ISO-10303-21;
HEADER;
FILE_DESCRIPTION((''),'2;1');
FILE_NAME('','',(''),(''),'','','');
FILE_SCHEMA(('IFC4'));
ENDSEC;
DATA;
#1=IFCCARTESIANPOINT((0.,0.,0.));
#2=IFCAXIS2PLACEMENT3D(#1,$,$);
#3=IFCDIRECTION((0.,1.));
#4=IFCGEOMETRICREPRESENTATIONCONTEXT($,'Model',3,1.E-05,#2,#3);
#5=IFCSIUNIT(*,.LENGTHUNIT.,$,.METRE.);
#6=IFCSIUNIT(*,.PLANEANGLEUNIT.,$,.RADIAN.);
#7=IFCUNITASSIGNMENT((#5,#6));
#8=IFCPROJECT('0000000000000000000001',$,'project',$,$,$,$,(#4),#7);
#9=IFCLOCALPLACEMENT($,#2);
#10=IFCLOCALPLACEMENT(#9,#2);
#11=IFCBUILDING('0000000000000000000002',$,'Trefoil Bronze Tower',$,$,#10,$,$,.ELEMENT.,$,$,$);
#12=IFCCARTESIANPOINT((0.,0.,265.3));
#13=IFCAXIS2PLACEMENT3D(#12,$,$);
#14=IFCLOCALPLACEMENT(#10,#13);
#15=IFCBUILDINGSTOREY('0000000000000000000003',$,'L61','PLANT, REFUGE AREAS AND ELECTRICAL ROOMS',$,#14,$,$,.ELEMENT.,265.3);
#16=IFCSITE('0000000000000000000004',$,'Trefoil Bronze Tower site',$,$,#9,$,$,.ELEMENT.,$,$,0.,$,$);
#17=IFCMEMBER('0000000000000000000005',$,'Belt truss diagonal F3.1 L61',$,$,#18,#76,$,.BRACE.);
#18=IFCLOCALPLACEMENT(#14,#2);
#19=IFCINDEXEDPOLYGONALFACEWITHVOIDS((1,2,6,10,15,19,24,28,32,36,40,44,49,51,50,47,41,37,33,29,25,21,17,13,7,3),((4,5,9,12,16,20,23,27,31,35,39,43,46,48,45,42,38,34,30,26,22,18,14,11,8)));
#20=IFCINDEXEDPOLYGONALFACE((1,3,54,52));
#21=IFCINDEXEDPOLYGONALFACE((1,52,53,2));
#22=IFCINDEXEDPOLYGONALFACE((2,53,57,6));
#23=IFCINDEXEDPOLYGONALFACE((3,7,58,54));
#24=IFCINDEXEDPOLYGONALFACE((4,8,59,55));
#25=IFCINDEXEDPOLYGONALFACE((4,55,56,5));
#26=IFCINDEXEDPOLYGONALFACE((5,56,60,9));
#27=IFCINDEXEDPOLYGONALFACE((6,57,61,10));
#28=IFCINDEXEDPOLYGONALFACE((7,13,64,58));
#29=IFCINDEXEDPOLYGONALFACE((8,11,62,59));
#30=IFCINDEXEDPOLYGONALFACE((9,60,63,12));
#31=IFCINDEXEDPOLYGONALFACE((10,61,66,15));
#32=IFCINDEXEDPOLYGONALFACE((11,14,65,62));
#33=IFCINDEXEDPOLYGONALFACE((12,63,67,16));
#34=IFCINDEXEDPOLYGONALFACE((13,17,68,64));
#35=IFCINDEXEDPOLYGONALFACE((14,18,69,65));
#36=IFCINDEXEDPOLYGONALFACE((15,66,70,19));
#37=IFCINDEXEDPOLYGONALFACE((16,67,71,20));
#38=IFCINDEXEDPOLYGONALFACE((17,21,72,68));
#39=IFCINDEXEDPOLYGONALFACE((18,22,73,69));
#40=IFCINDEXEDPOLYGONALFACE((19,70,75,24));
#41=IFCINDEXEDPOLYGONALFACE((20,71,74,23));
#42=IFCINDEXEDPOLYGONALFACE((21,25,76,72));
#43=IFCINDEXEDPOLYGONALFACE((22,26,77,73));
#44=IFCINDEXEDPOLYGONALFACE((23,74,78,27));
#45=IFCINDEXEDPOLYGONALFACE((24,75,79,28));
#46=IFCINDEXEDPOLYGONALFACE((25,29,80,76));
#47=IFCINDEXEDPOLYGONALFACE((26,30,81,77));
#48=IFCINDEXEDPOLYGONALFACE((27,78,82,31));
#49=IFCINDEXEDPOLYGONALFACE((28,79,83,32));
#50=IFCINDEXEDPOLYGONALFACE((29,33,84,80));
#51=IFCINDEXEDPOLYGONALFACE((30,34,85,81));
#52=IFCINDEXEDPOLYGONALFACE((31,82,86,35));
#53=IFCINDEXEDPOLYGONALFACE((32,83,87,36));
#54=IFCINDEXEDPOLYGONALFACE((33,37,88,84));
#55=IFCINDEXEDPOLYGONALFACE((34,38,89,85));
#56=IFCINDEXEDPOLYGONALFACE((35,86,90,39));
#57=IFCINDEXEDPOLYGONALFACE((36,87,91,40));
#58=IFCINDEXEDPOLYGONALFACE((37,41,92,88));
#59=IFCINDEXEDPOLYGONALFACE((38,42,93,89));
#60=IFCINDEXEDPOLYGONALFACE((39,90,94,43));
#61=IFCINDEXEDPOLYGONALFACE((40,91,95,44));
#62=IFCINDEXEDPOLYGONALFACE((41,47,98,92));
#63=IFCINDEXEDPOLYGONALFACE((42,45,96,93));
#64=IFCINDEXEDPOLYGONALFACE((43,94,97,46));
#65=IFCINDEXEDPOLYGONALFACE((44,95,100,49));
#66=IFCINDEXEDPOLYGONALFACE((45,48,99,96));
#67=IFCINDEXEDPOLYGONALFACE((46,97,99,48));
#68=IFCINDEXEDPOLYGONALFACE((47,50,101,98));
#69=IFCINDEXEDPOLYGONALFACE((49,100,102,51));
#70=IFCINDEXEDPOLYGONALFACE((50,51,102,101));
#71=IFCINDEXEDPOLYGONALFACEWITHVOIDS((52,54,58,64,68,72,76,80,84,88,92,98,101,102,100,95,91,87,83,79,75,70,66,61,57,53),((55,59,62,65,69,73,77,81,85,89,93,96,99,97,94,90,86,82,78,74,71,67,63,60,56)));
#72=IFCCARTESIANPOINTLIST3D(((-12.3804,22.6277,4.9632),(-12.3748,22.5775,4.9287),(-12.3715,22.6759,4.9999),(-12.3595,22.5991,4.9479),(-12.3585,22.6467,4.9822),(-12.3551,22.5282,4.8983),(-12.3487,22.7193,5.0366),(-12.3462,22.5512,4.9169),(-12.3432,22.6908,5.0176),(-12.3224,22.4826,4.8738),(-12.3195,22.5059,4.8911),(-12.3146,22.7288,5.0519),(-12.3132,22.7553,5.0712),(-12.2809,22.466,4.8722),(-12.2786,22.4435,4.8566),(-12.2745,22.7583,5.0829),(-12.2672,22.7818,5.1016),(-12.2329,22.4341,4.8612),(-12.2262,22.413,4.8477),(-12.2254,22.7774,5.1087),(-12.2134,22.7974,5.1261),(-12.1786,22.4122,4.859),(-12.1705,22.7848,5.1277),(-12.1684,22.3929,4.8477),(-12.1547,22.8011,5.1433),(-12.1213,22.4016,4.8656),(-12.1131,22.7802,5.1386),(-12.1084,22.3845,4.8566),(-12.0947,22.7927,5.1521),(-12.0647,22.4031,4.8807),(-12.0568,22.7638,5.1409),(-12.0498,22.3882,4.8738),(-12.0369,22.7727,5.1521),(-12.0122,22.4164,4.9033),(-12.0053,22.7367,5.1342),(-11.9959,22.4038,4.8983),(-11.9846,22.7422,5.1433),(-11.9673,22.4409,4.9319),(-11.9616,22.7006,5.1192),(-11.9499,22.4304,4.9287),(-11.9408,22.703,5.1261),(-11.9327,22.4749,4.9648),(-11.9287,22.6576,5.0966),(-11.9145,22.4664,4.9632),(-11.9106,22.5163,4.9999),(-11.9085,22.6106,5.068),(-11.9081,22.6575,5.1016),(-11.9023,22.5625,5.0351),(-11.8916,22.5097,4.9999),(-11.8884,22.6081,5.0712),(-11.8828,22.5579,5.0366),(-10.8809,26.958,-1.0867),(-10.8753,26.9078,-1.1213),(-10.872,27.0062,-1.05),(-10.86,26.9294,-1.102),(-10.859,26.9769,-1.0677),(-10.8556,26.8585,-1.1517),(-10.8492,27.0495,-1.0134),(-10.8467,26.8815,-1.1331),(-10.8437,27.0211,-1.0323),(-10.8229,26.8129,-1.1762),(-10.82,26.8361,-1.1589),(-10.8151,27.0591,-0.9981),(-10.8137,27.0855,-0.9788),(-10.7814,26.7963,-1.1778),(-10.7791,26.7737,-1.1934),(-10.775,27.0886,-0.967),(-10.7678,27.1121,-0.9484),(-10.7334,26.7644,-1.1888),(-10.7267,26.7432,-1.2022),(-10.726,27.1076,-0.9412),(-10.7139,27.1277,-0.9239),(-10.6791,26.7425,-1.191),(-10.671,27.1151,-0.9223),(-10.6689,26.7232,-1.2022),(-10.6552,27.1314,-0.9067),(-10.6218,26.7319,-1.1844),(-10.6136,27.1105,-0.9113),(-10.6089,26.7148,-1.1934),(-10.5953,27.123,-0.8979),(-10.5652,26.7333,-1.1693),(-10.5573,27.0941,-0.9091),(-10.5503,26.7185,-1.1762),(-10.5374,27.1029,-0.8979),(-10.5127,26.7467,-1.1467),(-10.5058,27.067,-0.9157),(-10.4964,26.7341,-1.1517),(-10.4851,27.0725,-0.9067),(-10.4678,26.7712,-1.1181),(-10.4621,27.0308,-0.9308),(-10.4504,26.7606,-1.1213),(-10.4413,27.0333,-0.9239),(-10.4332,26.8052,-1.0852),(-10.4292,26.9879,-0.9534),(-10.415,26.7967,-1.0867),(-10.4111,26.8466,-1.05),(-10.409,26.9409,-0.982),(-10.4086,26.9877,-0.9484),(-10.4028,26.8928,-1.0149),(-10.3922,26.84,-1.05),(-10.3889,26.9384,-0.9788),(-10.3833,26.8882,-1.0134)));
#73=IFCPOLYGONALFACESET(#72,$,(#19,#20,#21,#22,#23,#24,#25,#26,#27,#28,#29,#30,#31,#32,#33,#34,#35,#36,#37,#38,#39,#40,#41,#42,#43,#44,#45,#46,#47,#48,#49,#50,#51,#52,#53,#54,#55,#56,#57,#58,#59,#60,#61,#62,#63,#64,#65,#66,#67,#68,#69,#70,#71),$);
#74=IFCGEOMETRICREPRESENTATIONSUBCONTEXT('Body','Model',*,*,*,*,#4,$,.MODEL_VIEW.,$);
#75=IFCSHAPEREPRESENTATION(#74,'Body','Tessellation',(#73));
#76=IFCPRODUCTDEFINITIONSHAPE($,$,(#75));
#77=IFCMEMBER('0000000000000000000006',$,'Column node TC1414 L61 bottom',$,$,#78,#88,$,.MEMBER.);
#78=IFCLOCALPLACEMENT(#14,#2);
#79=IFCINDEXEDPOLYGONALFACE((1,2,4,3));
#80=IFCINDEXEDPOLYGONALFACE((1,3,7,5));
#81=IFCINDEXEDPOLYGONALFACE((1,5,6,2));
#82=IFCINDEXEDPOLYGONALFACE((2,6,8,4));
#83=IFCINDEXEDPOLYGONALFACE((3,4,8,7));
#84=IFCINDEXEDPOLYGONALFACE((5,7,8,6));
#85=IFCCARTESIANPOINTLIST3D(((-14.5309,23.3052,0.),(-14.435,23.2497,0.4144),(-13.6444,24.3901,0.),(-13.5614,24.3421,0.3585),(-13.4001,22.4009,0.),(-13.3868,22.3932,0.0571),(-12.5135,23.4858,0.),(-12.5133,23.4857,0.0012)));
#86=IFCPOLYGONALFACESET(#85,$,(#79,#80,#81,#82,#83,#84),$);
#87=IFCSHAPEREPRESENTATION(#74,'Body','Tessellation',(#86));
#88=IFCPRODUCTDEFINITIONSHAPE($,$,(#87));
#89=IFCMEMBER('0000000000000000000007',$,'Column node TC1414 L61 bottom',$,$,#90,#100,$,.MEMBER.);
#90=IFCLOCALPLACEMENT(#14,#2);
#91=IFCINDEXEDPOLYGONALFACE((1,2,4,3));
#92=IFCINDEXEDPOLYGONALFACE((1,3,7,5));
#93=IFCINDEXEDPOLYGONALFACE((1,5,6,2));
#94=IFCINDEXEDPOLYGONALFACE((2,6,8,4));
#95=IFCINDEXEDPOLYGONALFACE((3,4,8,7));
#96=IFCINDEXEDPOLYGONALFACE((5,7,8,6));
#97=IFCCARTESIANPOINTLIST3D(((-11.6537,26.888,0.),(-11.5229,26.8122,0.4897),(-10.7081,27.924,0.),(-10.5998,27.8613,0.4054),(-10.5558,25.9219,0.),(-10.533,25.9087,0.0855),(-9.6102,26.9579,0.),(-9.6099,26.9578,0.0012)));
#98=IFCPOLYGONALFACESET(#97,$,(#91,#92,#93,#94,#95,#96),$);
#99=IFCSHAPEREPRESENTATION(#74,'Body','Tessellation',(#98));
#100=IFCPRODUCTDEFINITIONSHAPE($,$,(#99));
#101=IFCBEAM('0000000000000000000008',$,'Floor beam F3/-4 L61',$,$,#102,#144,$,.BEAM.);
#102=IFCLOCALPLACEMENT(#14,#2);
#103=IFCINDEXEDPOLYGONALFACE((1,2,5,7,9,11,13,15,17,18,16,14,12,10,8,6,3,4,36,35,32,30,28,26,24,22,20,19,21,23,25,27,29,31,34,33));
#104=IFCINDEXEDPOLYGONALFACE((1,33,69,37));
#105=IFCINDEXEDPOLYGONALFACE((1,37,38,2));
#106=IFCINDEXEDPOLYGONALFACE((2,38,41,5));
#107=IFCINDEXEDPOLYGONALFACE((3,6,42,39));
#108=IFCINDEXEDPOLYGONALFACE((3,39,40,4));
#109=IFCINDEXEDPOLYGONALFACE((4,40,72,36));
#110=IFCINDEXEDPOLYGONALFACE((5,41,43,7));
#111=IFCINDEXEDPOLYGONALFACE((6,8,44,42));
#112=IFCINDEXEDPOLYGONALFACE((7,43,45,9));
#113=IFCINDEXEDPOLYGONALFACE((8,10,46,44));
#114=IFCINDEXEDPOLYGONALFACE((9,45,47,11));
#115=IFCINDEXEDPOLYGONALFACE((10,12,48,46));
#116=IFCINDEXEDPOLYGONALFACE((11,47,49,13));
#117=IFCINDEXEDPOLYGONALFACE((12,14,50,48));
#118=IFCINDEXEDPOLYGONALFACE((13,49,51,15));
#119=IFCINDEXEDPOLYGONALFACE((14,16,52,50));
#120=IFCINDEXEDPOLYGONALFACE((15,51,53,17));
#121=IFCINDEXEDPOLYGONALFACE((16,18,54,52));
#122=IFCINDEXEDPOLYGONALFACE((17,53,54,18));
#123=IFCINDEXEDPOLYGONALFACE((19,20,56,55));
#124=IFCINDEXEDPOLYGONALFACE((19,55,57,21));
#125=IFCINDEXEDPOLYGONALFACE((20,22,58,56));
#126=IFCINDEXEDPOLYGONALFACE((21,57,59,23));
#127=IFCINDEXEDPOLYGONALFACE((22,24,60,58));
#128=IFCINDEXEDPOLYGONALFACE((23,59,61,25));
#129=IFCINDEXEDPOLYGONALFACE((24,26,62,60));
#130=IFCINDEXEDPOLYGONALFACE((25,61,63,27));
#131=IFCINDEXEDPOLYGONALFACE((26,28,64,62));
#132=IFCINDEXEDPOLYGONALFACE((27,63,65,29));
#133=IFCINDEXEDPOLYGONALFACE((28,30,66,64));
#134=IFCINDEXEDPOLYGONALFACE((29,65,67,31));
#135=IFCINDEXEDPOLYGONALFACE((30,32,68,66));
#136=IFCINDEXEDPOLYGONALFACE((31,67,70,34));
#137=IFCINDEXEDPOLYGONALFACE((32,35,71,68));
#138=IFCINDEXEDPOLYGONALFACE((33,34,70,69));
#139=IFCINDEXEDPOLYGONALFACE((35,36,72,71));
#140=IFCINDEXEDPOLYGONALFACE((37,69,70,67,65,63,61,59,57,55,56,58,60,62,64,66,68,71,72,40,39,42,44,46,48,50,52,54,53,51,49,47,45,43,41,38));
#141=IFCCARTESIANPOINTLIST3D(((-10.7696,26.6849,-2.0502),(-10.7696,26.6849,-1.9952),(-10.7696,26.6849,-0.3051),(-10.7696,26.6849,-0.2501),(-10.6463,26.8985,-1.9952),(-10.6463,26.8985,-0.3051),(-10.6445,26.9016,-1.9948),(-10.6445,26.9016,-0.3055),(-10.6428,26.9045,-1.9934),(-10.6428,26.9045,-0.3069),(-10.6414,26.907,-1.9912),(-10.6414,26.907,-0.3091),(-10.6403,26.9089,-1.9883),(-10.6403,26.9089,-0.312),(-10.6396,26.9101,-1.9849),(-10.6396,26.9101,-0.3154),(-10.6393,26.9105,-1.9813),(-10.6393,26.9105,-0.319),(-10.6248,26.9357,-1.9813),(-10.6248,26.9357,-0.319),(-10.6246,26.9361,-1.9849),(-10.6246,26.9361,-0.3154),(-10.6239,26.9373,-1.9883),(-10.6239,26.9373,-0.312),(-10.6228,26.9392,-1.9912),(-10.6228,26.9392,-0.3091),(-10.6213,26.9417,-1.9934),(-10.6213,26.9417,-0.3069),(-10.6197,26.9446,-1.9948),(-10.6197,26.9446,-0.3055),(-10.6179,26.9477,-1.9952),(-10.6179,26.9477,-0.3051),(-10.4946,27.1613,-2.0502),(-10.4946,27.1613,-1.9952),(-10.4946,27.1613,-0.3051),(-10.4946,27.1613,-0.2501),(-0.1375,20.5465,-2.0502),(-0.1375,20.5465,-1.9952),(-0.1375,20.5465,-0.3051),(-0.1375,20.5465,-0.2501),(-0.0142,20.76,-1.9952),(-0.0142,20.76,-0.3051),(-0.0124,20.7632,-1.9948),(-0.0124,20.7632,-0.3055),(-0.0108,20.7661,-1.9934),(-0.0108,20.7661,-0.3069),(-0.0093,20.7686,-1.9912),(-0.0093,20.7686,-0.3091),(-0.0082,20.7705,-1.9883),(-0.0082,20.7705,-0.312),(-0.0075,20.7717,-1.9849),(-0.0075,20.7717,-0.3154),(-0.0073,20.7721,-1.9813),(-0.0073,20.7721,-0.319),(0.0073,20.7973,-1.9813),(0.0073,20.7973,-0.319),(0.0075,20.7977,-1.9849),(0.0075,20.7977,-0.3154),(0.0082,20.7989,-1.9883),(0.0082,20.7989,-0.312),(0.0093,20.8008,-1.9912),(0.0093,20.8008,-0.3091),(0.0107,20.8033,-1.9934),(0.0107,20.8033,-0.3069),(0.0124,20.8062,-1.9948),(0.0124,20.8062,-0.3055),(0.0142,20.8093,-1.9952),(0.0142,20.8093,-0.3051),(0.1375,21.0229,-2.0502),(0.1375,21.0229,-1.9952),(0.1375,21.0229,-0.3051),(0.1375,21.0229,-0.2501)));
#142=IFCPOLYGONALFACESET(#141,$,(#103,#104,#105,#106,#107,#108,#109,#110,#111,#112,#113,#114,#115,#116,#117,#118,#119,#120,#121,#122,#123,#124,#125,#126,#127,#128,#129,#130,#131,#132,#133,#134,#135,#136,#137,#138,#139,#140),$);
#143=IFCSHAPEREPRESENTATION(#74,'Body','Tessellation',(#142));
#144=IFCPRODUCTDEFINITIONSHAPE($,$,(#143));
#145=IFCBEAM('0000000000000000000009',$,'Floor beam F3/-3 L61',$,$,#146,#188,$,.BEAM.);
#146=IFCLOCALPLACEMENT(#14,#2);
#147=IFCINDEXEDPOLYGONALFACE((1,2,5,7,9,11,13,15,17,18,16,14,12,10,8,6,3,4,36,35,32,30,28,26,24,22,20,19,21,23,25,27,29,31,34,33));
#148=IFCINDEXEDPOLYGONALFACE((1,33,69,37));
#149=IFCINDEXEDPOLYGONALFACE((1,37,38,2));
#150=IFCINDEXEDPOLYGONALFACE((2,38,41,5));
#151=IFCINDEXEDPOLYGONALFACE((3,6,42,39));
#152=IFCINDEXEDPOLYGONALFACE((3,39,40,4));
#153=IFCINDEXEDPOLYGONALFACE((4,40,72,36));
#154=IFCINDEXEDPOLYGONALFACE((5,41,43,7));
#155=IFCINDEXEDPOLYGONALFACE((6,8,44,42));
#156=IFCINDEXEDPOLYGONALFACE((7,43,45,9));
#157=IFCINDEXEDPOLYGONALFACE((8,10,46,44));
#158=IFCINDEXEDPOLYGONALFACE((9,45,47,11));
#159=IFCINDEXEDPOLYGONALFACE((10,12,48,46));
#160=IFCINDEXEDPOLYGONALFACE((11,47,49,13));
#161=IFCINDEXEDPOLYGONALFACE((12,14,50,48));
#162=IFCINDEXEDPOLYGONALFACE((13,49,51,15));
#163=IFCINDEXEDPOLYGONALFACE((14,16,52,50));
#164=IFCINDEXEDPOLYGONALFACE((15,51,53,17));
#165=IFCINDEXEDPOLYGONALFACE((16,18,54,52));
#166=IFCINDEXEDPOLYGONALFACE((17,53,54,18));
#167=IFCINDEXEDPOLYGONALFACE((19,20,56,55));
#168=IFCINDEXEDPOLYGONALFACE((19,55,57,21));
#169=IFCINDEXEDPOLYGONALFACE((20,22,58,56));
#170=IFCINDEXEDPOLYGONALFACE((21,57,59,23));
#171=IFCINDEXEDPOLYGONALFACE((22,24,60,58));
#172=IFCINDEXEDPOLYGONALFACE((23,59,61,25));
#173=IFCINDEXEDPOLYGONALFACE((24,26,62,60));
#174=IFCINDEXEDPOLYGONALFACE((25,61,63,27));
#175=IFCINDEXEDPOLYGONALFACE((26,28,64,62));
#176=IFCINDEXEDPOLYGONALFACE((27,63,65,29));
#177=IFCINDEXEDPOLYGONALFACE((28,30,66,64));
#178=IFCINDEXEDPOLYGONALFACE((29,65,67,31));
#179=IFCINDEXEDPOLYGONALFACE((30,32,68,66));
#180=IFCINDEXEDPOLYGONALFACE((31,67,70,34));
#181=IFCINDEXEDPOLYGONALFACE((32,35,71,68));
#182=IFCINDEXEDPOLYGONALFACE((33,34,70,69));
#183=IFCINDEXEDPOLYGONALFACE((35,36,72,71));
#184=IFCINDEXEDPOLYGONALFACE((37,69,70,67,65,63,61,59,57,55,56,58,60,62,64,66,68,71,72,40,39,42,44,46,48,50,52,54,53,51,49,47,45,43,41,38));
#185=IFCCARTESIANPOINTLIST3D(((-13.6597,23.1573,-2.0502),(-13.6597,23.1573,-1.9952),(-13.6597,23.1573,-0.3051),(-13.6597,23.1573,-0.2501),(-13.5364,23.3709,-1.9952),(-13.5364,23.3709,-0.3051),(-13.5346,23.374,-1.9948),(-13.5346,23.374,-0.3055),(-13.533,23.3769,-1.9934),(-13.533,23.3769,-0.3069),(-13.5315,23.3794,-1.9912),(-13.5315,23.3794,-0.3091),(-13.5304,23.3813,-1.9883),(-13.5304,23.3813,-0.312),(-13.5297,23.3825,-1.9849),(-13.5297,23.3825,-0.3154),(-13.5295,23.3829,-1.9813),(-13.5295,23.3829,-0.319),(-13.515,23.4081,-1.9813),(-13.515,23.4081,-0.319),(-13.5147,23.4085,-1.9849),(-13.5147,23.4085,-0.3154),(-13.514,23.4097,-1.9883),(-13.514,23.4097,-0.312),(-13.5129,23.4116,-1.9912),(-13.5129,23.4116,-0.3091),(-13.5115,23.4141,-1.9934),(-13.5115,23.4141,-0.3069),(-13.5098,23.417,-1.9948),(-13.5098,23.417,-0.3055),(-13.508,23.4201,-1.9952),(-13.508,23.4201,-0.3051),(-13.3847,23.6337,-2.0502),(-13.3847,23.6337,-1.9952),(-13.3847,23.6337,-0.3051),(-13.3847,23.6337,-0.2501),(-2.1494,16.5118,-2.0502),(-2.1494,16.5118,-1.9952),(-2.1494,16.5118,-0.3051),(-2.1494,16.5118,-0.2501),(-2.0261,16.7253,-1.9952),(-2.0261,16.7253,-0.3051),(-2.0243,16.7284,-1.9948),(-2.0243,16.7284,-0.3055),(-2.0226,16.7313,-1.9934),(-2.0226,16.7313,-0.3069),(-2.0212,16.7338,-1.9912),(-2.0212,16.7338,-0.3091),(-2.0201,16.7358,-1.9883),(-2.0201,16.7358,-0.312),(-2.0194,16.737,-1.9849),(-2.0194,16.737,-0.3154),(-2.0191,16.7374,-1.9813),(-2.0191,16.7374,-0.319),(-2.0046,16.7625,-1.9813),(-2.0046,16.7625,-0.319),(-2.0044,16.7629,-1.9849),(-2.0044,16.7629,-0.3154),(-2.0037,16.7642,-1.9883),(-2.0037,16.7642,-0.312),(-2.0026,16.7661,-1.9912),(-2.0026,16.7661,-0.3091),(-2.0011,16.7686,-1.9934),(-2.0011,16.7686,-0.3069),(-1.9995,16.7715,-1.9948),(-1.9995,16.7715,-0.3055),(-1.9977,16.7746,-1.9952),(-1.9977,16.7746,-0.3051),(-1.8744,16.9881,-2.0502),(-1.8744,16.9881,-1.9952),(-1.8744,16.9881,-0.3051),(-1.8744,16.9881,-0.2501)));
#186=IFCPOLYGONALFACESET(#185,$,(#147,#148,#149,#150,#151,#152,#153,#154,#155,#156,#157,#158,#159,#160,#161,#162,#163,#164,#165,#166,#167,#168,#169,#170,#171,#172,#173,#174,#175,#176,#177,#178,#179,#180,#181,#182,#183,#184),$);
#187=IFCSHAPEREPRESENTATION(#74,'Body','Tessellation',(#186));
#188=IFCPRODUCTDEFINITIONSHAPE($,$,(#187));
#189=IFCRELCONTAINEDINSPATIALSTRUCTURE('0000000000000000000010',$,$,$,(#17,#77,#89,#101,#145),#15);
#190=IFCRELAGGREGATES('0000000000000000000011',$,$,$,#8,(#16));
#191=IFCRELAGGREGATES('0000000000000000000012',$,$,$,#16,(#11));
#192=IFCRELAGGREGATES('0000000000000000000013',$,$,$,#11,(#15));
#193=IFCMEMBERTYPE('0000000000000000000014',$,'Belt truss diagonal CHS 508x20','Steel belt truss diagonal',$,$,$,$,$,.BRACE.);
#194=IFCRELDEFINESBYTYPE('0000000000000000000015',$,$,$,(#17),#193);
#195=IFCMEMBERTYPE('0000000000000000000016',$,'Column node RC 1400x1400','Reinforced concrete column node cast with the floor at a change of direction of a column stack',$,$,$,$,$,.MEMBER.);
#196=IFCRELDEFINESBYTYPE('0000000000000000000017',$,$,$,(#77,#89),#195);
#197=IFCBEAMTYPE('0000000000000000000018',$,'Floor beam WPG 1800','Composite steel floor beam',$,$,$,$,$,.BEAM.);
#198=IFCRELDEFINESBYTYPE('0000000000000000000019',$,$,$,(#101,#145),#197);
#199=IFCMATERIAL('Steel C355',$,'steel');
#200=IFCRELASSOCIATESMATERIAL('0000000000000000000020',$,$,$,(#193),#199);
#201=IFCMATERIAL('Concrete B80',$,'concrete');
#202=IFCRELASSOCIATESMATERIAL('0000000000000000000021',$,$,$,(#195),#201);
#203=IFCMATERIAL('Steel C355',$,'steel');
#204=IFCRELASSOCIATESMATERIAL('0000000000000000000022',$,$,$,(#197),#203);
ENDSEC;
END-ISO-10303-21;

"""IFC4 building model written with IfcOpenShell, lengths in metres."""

from ifc_helpers import new_model, si_unit, direction, frame, origin, origin_2d, place, context, subcontext, project, spatial, rectangle, hollow_circle, i_section, extrude, clip, halfspace, material, material_profile, profile_set, type_object, element, save


model = new_model("IFC4")

# Units and contexts
model_context = context("Model", 3, precision=1e-05, world=origin(), true_north=direction((0.0, 1.0)))
body_context = subcontext(model_context, "Body", "Model", "MODEL_VIEW")
ifc_project = project(units=[si_unit("LENGTHUNIT", "METRE"), si_unit("PLANEANGLEUNIT", "RADIAN")], contexts=[model_context])

# Site, building, storey
site_placement = place(None, origin())
site = spatial("IfcSite", under=ifc_project, at=site_placement, Name="Trefoil Bronze Tower site", CompositionType="ELEMENT", RefElevation=0.0)
building_placement = place(site_placement, origin())
building = spatial("IfcBuilding", under=site, at=building_placement, Name="Trefoil Bronze Tower", CompositionType="ELEMENT")
storey_placement = place(building_placement, frame((0.0, 0.0, 265.3)))
storey = spatial("IfcBuildingStorey", under=building, at=storey_placement, Name="L61", Description="PLANT, REFUGE AREAS AND ELECTRICAL ROOMS", CompositionType="ELEMENT", Elevation=265.3)

# Members
ifc_material_1 = material(Name="Steel C355", Category="steel")
ifc_material_profile_1 = material_profile(ifc_material_1, hollow_circle(Radius=0.2539, WallThickness=0.02, at=origin_2d()), Name="CHS 508x20")
ifc_profile_set_1 = profile_set([ifc_material_profile_1], Name="Steel C355")
member_type_1 = type_object("IfcMemberType", Name="Belt truss diagonal CHS 508x20", Description="Steel belt truss diagonal", PredefinedType="BRACE", material=ifc_profile_set_1)
member_1_placement = place(storey_placement, frame((-10.6321, 26.9231, -1.05), z_axis=(-0.197572, -0.570554, 0.797141), x_axis=(0.944949, -0.327219, 0.0)))
element("IfcMember", 1, at=member_1_placement, inside=storey, type_object=member_type_1, Name="Belt truss diagonal F3.1 L61", PredefinedType="BRACE", context=body_context, shape_type="SweptSolid", body=[
    extrude(hollow_circle(Radius=0.2539, WallThickness=0.02, at=origin_2d()), origin(), (0.0, 0.0, 1.0), 7.5896),
])
ifc_material_2 = material(Name="Concrete B80", Category="concrete")
ifc_material_profile_2 = material_profile(ifc_material_2, rectangle(XDim=1.3999, YDim=1.3999, at=origin_2d()), Name="RC 1400x1400")
ifc_profile_set_2 = profile_set([ifc_material_profile_2], Name="Concrete B80")
member_type_2 = type_object("IfcMemberType", Name="Column node RC 1400x1400", Description="Reinforced concrete column node cast with the floor at a change of direction of a column stack", PredefinedType="MEMBER", material=ifc_profile_set_2)
member_2_placement = place(storey_placement, frame((-13.5703, 23.4233, -0.2078), z_axis=(0.223632, -0.129411, 0.966044), x_axis=(-0.624037, -0.780374, 0.039921)))
element("IfcMember", 2, at=member_2_placement, inside=storey, type_object=member_type_2, Name="Column node TC1414 L61 bottom", PredefinedType="MEMBER", context=body_context, shape_type="Clipping", body=[
    clip(extrude(rectangle(XDim=1.3999, YDim=1.3999, at=origin_2d()), origin(), (0.0, 0.0, 1.0), 0.4302), halfspace(frame((0.0, 0.0, 0.2151), z_axis=(0.039921, -0.255274, 0.966044), x_axis=(0.0, 0.966815, 0.255478)), True)),
])
member_3_placement = place(storey_placement, frame((-10.6975, 26.9609, -0.2454), z_axis=(0.255275, -0.147841, 0.955499), x_axis=(-0.659386, -0.74939, 0.060214)))
element("IfcMember", 3, at=member_3_placement, inside=storey, type_object=member_type_2, Name="Column node TC1414 L61 bottom", PredefinedType="MEMBER", context=body_context, shape_type="Clipping", body=[
    clip(extrude(rectangle(XDim=1.3999, YDim=1.3999, at=origin_2d()), origin(), (0.0, 0.0, 1.0), 0.5137), halfspace(frame((0.0, 0.0, 0.2568), z_axis=(0.060214, -0.288785, 0.955499), x_axis=(0.0, 0.957236, 0.28931)), True)),
])

# Beams
ifc_material_3 = material(Name="Steel C355", Category="steel")
ifc_material_profile_3 = material_profile(ifc_material_3, i_section(OverallWidth=0.55, OverallDepth=1.8, WebThickness=0.0291, FlangeThickness=0.0549, FilletRadius=0.0139, at=origin_2d()), Name="WPG 1800")
ifc_profile_set_3 = profile_set([ifc_material_profile_3], Name="Steel C355")
beam_type_1 = type_object("IfcBeamType", Name="Floor beam WPG 1800", Description="Composite steel floor beam", PredefinedType="BEAM", material=ifc_profile_set_3)
beam_1_placement = place(storey_placement, frame((-10.6321, 26.9231, -1.1501), z_axis=(0.866026, -0.5, 0.0), x_axis=(0.5, 0.866026, 0.0)))
element("IfcBeam", 4, at=beam_1_placement, inside=storey, type_object=beam_type_1, Name="Floor beam F3/-4 L61", PredefinedType="BEAM", context=body_context, shape_type="SweptSolid", body=[
    extrude(i_section(OverallWidth=0.55, OverallDepth=1.8, WebThickness=0.0291, FlangeThickness=0.0549, FilletRadius=0.0139, at=origin_2d()), origin(), (0.0, 0.0, 1.0), 12.2769),
])
beam_2_placement = place(storey_placement, frame((-13.5222, 23.3955, -1.1501), z_axis=(0.866023, -0.500003, 0.0), x_axis=(0.500003, 0.866023, 0.0)))
element("IfcBeam", 5, at=beam_2_placement, inside=storey, type_object=beam_type_1, Name="Floor beam F3/-3 L61", PredefinedType="BEAM", context=body_context, shape_type="SweptSolid", body=[
    extrude(i_section(OverallWidth=0.55, OverallDepth=1.8, WebThickness=0.0291, FlangeThickness=0.0549, FilletRadius=0.0139, at=origin_2d()), origin(), (0.0, 0.0, 1.0), 13.291),
])

save(model, "model.ifc")
